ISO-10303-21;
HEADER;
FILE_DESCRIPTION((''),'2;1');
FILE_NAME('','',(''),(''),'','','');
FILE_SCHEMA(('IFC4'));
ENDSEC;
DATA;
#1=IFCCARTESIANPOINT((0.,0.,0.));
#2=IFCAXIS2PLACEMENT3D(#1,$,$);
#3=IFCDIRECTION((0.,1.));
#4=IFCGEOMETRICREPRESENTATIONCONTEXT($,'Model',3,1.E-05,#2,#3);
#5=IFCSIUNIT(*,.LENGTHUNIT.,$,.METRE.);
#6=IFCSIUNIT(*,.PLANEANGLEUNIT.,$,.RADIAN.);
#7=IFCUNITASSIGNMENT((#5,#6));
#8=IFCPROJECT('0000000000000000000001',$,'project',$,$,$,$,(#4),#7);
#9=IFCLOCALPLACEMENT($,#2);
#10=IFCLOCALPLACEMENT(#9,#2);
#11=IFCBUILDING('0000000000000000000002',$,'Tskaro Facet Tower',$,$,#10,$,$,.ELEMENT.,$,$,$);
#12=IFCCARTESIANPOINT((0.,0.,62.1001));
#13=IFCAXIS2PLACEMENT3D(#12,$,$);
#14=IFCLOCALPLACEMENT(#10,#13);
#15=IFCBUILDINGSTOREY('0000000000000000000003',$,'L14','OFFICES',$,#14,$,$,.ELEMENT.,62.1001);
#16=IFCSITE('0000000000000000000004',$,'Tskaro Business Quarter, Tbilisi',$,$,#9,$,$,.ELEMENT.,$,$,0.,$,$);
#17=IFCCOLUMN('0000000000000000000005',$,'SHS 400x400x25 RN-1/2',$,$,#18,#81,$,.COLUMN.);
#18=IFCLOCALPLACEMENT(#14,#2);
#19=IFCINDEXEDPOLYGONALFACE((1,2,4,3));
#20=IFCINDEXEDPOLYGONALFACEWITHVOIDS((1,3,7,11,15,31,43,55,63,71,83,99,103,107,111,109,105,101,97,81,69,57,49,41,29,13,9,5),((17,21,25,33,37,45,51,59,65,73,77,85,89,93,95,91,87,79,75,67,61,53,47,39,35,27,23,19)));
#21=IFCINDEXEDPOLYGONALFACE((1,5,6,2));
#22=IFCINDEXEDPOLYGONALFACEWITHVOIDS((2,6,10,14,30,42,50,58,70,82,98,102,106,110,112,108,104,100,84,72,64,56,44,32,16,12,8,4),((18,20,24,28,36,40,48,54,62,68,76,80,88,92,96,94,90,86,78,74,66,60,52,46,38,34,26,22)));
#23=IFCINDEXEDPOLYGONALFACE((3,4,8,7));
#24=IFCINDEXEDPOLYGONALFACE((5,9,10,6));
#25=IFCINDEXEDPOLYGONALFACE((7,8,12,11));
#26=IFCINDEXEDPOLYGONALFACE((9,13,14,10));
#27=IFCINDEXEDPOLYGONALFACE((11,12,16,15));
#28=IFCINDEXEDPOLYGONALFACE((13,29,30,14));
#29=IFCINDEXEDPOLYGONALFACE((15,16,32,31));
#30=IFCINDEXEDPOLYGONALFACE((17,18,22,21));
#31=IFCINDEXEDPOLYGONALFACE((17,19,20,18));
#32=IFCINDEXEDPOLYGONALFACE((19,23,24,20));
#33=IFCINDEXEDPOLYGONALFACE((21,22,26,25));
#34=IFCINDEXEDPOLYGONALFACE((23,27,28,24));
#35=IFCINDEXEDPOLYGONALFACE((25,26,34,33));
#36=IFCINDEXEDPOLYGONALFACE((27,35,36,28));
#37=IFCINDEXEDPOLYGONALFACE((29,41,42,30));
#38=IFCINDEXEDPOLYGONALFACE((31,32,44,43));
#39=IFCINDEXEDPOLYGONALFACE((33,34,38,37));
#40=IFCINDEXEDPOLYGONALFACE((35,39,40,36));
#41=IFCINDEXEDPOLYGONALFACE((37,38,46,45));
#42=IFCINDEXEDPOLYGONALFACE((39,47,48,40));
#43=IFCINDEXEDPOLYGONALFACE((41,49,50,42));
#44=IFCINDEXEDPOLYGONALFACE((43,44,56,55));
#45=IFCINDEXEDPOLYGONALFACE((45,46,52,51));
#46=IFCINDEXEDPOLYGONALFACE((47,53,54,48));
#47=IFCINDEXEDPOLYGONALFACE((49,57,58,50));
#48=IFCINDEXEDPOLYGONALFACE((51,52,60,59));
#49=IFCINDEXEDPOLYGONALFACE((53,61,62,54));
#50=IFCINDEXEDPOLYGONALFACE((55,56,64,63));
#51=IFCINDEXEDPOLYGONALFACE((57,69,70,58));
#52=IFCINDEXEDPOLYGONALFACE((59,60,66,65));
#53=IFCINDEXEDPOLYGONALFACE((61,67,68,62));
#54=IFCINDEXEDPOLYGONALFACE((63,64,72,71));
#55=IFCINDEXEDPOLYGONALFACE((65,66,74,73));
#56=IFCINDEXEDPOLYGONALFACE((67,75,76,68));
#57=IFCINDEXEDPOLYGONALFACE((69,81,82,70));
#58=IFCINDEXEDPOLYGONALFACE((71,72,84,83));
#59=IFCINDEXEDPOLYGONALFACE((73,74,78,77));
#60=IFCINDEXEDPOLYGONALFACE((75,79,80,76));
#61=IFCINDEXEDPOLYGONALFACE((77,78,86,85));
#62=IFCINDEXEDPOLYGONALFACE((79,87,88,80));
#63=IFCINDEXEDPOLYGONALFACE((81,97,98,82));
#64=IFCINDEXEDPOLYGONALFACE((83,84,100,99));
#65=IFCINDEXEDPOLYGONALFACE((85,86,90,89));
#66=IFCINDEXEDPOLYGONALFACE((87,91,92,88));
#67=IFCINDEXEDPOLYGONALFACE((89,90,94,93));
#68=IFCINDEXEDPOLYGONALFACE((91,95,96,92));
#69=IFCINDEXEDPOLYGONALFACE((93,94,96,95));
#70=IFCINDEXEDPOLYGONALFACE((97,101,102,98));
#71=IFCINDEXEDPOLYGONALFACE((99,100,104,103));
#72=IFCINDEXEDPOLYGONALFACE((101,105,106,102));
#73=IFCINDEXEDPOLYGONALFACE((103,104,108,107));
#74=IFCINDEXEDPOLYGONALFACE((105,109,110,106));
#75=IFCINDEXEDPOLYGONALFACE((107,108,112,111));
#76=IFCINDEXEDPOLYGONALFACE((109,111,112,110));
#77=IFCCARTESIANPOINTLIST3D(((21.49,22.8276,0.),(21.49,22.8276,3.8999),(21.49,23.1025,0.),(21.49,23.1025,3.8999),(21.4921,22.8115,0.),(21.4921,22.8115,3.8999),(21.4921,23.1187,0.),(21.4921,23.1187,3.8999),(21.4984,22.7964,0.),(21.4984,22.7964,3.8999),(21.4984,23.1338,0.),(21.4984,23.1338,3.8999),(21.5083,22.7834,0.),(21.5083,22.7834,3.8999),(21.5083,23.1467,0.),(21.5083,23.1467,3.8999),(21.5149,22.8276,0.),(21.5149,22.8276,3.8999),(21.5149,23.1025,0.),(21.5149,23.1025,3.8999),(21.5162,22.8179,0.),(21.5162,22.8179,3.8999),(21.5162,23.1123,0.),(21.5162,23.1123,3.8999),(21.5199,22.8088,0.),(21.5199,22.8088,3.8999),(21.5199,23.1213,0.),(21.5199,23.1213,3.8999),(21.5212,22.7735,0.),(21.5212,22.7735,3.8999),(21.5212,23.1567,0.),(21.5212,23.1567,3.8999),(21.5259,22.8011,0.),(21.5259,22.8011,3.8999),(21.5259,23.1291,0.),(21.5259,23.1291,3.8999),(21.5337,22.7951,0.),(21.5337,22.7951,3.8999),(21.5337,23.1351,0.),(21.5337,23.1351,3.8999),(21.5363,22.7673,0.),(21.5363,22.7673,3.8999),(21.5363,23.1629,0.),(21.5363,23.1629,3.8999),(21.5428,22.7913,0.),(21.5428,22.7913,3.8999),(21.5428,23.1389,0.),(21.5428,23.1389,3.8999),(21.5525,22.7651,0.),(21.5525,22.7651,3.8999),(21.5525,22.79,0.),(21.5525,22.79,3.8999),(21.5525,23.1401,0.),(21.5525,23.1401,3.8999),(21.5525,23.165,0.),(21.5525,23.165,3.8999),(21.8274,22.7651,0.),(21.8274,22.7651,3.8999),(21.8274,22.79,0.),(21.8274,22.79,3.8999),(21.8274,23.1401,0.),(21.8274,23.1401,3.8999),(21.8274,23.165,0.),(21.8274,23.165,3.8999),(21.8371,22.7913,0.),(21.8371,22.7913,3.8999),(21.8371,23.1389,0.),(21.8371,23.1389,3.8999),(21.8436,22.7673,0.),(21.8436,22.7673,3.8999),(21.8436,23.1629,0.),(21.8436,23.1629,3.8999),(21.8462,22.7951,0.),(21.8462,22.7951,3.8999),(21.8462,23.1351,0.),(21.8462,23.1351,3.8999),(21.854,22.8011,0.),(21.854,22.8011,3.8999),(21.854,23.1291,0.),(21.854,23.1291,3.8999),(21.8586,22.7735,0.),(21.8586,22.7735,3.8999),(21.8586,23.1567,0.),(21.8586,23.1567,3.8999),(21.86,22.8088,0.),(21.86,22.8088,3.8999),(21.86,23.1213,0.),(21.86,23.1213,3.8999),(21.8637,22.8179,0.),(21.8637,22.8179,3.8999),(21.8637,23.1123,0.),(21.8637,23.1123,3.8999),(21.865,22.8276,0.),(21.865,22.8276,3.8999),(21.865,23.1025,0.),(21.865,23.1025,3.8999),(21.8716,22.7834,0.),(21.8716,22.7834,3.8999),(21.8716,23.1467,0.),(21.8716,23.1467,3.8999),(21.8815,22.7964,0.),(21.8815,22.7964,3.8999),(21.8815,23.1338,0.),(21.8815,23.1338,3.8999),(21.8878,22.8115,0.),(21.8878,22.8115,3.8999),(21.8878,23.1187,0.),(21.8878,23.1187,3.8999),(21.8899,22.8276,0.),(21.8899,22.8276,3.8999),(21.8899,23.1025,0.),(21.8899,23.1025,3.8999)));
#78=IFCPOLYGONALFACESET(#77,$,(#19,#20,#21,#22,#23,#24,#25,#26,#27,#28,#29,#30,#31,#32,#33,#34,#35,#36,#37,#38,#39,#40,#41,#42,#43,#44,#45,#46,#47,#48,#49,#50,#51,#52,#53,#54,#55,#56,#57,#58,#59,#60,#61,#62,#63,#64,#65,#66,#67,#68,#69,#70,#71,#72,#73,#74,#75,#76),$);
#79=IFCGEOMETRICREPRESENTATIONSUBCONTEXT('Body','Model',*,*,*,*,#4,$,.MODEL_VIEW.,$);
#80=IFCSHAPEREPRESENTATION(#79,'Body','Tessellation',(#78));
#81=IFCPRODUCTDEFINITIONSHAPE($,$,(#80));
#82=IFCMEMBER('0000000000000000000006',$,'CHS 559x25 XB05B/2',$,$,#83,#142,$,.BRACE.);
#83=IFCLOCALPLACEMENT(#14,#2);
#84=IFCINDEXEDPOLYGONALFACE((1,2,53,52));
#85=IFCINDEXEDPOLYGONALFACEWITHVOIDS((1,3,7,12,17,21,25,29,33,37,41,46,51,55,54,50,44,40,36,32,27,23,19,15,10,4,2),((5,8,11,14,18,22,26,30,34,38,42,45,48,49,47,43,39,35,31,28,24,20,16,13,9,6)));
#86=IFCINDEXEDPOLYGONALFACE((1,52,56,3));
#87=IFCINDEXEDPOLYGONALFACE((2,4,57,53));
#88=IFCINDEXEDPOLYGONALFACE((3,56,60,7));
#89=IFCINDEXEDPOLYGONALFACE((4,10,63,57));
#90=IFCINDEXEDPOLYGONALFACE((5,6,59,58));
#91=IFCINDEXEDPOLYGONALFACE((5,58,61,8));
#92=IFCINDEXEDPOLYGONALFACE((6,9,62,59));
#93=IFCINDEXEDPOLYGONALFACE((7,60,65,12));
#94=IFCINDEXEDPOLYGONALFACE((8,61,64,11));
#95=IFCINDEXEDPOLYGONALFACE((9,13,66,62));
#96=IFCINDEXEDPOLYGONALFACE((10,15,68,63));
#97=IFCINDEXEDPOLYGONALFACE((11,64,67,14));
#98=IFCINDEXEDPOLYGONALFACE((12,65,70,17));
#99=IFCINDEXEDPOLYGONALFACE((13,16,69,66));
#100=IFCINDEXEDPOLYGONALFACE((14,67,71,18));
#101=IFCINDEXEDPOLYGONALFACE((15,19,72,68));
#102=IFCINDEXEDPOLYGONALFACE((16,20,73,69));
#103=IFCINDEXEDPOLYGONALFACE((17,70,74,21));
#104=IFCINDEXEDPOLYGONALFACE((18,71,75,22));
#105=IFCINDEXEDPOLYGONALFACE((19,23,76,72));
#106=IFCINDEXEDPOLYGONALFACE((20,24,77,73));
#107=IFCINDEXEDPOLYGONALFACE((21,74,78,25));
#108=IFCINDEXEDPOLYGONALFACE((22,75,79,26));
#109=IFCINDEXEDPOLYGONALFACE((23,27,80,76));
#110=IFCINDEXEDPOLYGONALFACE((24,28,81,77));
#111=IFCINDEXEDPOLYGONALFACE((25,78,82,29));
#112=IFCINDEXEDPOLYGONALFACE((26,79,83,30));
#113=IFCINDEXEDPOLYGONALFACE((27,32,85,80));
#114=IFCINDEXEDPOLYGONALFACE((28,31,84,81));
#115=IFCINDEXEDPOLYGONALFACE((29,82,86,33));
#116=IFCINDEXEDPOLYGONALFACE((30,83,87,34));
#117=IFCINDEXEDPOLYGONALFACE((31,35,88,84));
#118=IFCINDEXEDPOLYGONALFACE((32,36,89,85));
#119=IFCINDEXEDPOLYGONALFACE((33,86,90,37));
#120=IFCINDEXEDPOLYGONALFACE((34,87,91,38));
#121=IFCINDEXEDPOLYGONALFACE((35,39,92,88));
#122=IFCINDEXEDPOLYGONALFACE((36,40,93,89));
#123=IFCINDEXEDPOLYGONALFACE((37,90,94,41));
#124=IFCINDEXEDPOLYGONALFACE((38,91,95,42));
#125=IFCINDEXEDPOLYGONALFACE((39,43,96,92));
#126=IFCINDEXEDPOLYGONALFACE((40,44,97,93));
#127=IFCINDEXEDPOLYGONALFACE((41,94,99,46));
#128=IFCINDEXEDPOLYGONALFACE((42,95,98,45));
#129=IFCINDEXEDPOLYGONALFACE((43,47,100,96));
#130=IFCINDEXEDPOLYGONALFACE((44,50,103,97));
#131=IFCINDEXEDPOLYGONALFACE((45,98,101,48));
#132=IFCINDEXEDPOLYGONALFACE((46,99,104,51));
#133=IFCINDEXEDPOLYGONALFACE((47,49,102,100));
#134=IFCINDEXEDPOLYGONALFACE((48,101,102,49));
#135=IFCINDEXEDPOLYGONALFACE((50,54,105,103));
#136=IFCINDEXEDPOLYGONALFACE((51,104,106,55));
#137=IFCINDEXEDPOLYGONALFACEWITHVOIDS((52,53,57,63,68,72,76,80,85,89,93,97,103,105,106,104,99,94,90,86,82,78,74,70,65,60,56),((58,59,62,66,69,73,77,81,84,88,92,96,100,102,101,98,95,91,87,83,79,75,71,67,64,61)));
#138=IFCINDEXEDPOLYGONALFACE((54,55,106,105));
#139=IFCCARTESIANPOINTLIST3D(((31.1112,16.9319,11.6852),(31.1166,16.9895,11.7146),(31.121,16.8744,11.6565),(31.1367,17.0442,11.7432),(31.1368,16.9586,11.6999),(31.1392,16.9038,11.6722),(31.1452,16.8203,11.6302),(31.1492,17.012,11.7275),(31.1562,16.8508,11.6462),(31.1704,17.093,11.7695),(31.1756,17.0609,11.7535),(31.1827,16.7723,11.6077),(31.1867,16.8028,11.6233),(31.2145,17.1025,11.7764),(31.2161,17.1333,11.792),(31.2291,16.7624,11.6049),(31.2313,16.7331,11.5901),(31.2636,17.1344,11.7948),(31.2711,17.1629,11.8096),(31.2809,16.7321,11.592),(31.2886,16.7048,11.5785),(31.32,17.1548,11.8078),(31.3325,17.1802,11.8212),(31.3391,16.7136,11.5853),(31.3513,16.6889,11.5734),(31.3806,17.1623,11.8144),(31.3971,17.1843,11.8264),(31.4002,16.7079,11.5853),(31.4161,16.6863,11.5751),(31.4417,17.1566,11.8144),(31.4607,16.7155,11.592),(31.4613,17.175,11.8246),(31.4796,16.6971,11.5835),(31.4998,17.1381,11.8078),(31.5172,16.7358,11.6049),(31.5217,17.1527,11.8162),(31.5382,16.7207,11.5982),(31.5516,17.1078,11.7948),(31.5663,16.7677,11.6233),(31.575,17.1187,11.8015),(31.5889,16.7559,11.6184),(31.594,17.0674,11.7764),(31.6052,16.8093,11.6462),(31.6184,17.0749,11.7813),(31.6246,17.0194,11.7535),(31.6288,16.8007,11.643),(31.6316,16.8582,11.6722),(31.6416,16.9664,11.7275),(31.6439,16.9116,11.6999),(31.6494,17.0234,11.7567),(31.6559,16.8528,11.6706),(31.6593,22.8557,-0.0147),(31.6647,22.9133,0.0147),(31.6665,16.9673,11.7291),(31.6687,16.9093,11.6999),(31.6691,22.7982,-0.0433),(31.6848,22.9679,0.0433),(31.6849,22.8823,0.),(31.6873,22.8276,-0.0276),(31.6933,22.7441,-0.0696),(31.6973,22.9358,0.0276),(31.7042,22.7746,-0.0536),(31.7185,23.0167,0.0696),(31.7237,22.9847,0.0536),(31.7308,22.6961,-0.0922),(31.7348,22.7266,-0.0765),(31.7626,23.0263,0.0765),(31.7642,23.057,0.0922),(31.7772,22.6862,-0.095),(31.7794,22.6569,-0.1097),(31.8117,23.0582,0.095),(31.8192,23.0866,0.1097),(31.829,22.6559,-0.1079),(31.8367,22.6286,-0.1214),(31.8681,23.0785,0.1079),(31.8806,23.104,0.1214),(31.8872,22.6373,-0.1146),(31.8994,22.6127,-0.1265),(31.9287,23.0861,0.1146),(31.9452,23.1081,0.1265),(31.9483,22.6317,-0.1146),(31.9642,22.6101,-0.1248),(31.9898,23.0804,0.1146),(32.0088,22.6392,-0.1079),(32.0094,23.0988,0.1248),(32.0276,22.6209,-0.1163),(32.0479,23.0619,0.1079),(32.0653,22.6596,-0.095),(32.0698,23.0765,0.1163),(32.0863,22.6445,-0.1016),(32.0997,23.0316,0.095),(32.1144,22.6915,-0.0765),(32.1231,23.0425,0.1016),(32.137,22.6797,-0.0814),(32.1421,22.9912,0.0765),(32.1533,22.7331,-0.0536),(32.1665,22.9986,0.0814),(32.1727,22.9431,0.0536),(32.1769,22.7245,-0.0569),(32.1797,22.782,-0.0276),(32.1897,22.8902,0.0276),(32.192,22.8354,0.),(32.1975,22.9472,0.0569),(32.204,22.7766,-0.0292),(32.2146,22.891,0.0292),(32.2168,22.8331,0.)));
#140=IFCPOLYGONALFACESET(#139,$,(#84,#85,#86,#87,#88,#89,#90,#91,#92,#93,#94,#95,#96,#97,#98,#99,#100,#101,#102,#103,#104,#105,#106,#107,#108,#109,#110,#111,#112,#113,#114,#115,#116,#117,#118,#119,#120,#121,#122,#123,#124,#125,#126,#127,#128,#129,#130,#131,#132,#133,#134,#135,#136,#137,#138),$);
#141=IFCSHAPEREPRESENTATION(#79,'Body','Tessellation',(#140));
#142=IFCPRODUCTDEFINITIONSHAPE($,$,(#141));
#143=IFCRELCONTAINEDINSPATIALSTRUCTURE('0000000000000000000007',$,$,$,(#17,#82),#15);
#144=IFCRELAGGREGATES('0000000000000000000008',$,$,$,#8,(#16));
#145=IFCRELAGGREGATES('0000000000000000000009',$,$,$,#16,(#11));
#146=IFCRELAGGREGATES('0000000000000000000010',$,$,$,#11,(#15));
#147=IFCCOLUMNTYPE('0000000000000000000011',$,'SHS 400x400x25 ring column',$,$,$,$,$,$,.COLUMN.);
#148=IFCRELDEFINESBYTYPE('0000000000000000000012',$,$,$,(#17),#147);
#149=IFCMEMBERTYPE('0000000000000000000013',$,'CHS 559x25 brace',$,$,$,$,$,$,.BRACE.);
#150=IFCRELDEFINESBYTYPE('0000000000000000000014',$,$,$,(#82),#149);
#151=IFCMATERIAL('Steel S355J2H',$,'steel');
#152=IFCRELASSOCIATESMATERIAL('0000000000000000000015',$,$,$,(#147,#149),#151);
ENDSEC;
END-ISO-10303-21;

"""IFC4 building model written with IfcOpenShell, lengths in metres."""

from ifc_helpers import new_model, si_unit, direction, frame, origin, origin_2d, place, context, subcontext, project, spatial, hollow_rectangle, hollow_circle, extrude, material, material_profile, profile_set, type_object, element, save


model = new_model("IFC4")

# Units and contexts
model_context = context("Model", 3, precision=1e-05, world=origin(), true_north=direction((0.0, 1.0)))
body_context = subcontext(model_context, "Body", "Model", "MODEL_VIEW")
ifc_project = project(units=[si_unit("LENGTHUNIT", "METRE"), si_unit("PLANEANGLEUNIT", "RADIAN")], contexts=[model_context])

# Site, building, storey
site_placement = place(None, origin())
site = spatial("IfcSite", under=ifc_project, at=site_placement, Name="Tskaro Business Quarter, Tbilisi", CompositionType="ELEMENT", RefElevation=0.0)
building_placement = place(site_placement, origin())
building = spatial("IfcBuilding", under=site, at=building_placement, Name="Tskaro Facet Tower", CompositionType="ELEMENT")
storey_placement = place(building_placement, frame((0.0, 0.0, 62.1001)))
storey = spatial("IfcBuildingStorey", under=building, at=storey_placement, Name="L14", Description="OFFICES", CompositionType="ELEMENT", Elevation=62.1001)

# Column
ifc_material_1 = material(Name="Steel S355J2H", Category="steel")
ifc_material_profile_1 = material_profile(ifc_material_1, hollow_rectangle(XDim=0.3999, YDim=0.3999, WallThickness=0.0249, InnerFilletRadius=0.0376, OuterFilletRadius=0.0625, at=origin_2d()), Name="SHS 400x400x25")
ifc_profile_set_1 = profile_set([ifc_material_profile_1], Name="Steel S355J2H")
column_type_1 = type_object("IfcColumnType", Name="SHS 400x400x25 ring column", PredefinedType="COLUMN", material=ifc_profile_set_1)
for number, where, z_axis, x_axis, name in (
    (1, (21.6899, 22.9651, 0.0), (0.0, 0.0, 1.0), (1.0, 0.0, 0.0), "SHS 400x400x25 RN-1/2"),
):
    element("IfcColumn", number, at=place(storey_placement, frame(where, z_axis=z_axis, x_axis=x_axis)), inside=storey, type_object=column_type_1, Name=name, PredefinedType="COLUMN", context=body_context, shape_type="SweptSolid", body=[
        extrude(hollow_rectangle(XDim=0.3999, YDim=0.3999, WallThickness=0.0249, InnerFilletRadius=0.0376, OuterFilletRadius=0.0625, at=origin_2d()), origin(), (0.0, 0.0, 1.0), 3.8999),
    ])

# Member
ifc_material_profile_2 = material_profile(ifc_material_1, hollow_circle(Radius=0.2795, WallThickness=0.0249, at=origin_2d()), Name="CHS 559x25")
ifc_profile_set_2 = profile_set([ifc_material_profile_2], Name="Steel S355J2H")
member_type_1 = type_object("IfcMemberType", Name="CHS 559x25 brace", PredefinedType="BRACE", material=ifc_profile_set_2)
member_1_placement = place(storey_placement, frame((31.9385, 22.8589, 0.0), z_axis=(-0.041758, -0.451319, 0.891385), x_axis=(0.995747, -0.09213, 0.0)))
element("IfcMember", 2, at=member_1_placement, inside=storey, type_object=member_type_1, Name="CHS 559x25 XB05B/2", PredefinedType="BRACE", context=body_context, shape_type="SweptSolid", body=[
    extrude(hollow_circle(Radius=0.2795, WallThickness=0.0249, at=origin_2d()), origin(), (0.0, 0.0, 1.0), 13.1255),
])

save(model, "model.ifc")
